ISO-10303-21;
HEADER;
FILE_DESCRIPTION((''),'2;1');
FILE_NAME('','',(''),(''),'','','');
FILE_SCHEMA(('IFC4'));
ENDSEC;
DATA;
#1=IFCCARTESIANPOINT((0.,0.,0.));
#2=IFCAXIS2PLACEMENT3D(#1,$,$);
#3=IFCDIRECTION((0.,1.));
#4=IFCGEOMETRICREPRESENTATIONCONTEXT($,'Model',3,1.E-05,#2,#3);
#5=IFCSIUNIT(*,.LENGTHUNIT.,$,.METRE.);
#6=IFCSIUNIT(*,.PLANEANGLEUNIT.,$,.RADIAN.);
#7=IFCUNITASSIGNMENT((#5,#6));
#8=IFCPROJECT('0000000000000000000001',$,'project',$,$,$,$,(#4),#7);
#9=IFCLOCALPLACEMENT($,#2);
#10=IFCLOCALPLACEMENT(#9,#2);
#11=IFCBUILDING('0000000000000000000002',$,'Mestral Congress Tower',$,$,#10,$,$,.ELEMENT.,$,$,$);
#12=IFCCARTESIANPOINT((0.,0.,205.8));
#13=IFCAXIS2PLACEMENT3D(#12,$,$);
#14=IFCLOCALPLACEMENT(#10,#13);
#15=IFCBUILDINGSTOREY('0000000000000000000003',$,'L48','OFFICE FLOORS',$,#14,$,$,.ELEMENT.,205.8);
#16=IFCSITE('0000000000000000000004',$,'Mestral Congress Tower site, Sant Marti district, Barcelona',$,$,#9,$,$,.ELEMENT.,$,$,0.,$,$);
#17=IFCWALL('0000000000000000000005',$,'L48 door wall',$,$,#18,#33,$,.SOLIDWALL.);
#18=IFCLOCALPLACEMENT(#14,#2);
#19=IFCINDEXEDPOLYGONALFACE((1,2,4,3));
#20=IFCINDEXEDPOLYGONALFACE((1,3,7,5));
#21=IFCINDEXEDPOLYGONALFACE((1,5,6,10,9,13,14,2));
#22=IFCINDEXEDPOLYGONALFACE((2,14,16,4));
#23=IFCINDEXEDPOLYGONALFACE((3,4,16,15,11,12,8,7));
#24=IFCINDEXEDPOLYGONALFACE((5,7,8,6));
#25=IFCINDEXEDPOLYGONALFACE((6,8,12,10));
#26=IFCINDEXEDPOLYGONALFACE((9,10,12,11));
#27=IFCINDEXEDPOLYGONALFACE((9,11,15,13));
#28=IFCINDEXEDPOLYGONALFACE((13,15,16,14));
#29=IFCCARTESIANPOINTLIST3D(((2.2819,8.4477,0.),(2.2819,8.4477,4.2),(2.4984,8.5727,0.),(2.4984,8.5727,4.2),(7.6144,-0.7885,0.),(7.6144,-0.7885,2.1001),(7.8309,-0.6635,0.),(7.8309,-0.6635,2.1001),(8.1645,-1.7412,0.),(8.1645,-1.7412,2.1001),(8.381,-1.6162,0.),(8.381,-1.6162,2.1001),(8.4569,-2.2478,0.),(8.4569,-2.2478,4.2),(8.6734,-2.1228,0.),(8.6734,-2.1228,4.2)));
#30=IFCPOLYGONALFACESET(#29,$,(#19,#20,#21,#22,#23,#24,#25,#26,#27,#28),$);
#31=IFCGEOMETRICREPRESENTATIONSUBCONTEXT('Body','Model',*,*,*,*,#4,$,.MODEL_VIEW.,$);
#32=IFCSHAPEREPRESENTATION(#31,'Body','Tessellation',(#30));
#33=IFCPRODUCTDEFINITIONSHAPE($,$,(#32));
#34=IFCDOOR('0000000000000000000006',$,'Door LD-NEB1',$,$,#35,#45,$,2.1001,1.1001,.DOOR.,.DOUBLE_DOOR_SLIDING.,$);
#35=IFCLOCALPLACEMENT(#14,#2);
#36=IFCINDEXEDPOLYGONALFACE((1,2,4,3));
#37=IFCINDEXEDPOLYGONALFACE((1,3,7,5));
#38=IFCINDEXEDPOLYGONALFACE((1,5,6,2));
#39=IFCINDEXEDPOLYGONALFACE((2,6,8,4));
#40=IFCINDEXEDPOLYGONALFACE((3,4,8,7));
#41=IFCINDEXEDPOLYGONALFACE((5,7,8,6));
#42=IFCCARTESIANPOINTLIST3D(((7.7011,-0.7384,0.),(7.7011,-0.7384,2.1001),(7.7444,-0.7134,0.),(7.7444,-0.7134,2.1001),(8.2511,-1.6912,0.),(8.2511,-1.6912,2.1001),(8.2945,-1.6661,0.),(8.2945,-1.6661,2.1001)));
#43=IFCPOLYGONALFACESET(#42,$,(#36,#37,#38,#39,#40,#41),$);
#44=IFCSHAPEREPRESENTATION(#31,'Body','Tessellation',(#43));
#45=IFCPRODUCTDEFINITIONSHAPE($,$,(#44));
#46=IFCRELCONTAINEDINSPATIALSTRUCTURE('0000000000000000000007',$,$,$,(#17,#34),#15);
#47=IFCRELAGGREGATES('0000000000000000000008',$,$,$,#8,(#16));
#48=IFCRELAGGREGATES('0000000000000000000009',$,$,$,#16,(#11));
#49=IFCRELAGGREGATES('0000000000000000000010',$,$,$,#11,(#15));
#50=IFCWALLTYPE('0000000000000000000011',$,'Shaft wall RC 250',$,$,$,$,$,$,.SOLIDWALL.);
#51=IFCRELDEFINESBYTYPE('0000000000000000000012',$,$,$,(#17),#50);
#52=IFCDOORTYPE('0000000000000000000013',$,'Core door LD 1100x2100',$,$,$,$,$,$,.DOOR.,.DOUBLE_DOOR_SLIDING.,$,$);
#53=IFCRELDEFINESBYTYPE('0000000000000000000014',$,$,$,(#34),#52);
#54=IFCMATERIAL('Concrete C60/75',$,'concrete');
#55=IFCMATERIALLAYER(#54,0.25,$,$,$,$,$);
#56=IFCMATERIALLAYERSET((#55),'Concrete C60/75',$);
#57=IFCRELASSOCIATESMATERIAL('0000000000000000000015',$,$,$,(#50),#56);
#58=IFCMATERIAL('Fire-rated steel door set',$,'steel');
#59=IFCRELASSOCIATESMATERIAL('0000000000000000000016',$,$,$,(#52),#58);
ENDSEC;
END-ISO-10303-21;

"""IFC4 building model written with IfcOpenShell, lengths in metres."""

from ifc_helpers import new_model, si_unit, direction, frame, frame_2d, origin, place, context, subcontext, project, spatial, rectangle, extrude, material, layer, layer_set, type_object, element, fill, save


model = new_model("IFC4")

# Units and contexts
model_context = context("Model", 3, precision=1e-05, world=origin(), true_north=direction((0.0, 1.0)))
body_context = subcontext(model_context, "Body", "Model", "MODEL_VIEW")
ifc_project = project(units=[si_unit("LENGTHUNIT", "METRE"), si_unit("PLANEANGLEUNIT", "RADIAN")], contexts=[model_context])

# Site, building, storey
site_placement = place(None, origin())
site = spatial("IfcSite", under=ifc_project, at=site_placement, Name="Mestral Congress Tower site, Sant Marti district, Barcelona", CompositionType="ELEMENT", RefElevation=0.0)
building_placement = place(site_placement, origin())
building = spatial("IfcBuilding", under=site, at=building_placement, Name="Mestral Congress Tower", CompositionType="ELEMENT")
storey_placement = place(building_placement, frame((0.0, 0.0, 205.8)))
storey = spatial("IfcBuildingStorey", under=building, at=storey_placement, Name="L48", Description="OFFICE FLOORS", CompositionType="ELEMENT", Elevation=205.8)

# Shared definitions
ifc_material_1 = material(Name="Concrete C60/75", Category="concrete")

# Shared definitions
ifc_material_2 = material(Name="Fire-rated steel door set", Category="steel")

# Shared definitions
ifc_layer_1 = layer(ifc_material_1, 0.25)
ifc_layer_set_1 = layer_set([ifc_layer_1], Name="Concrete C60/75")
wall_type_1 = type_object("IfcWallType", Name="Shaft wall RC 250", PredefinedType="SOLIDWALL", material=ifc_layer_set_1)

# Wall, opening, door
wall_1_placement = place(storey_placement, frame((8.5652, -2.1853, 0.0), z_axis=(0.0, 0.0, 1.0), x_axis=(-0.499998, 0.866027, 0.0)))
wall_1 = element("IfcWall", 1, at=wall_1_placement, inside=storey, type_object=wall_type_1, Name="L48 door wall", PredefinedType="SOLIDWALL", context=body_context, shape_type="SweptSolid", body=[
    extrude(rectangle(XDim=12.3501, YDim=0.25, at=frame_2d((6.175, 0.0))), origin(), (0.0, 0.0, 1.0), 4.2),
])
opening_1_placement = place(wall_1_placement, frame((0.585, 0.0, 0.0)))
opening_1 = element("IfcOpeningElement", 2, at=opening_1_placement, cuts=wall_1, PredefinedType="OPENING", context=body_context, shape_type="SweptSolid", body=[
    extrude(rectangle(XDim=1.1001, YDim=2.1001, at=frame_2d((0.55, 1.05))), frame((0.0, 0.135, 0.0), z_axis=(0.0, -1.0, 0.0), x_axis=(1.0, 0.0, 0.0)), (0.0, 0.0, 1.0), 0.27),
])
door_type_1 = type_object("IfcDoorType", Name="Core door LD 1100x2100", OperationType="DOUBLE_DOOR_SLIDING", PredefinedType="DOOR", material=ifc_material_2)
door_1_placement = place(opening_1_placement, origin())
door_1 = element("IfcDoor", 3, at=door_1_placement, inside=storey, type_object=door_type_1, Name="Door LD-NEB1", OperationType="DOUBLE_DOOR_SLIDING", OverallHeight=2.1001, OverallWidth=1.1001, PredefinedType="DOOR", context=body_context, shape_type="SweptSolid", body=[
    extrude(rectangle(XDim=1.1001, YDim=2.1001, at=frame_2d((0.55, 1.05))), frame((0.0, 0.0249, 0.0), z_axis=(0.0, -1.0, 0.0), x_axis=(1.0, 0.0, 0.0)), (0.0, 0.0, 1.0), 0.05),
])
fill(opening_1, door_1)

save(model, "model.ifc")
